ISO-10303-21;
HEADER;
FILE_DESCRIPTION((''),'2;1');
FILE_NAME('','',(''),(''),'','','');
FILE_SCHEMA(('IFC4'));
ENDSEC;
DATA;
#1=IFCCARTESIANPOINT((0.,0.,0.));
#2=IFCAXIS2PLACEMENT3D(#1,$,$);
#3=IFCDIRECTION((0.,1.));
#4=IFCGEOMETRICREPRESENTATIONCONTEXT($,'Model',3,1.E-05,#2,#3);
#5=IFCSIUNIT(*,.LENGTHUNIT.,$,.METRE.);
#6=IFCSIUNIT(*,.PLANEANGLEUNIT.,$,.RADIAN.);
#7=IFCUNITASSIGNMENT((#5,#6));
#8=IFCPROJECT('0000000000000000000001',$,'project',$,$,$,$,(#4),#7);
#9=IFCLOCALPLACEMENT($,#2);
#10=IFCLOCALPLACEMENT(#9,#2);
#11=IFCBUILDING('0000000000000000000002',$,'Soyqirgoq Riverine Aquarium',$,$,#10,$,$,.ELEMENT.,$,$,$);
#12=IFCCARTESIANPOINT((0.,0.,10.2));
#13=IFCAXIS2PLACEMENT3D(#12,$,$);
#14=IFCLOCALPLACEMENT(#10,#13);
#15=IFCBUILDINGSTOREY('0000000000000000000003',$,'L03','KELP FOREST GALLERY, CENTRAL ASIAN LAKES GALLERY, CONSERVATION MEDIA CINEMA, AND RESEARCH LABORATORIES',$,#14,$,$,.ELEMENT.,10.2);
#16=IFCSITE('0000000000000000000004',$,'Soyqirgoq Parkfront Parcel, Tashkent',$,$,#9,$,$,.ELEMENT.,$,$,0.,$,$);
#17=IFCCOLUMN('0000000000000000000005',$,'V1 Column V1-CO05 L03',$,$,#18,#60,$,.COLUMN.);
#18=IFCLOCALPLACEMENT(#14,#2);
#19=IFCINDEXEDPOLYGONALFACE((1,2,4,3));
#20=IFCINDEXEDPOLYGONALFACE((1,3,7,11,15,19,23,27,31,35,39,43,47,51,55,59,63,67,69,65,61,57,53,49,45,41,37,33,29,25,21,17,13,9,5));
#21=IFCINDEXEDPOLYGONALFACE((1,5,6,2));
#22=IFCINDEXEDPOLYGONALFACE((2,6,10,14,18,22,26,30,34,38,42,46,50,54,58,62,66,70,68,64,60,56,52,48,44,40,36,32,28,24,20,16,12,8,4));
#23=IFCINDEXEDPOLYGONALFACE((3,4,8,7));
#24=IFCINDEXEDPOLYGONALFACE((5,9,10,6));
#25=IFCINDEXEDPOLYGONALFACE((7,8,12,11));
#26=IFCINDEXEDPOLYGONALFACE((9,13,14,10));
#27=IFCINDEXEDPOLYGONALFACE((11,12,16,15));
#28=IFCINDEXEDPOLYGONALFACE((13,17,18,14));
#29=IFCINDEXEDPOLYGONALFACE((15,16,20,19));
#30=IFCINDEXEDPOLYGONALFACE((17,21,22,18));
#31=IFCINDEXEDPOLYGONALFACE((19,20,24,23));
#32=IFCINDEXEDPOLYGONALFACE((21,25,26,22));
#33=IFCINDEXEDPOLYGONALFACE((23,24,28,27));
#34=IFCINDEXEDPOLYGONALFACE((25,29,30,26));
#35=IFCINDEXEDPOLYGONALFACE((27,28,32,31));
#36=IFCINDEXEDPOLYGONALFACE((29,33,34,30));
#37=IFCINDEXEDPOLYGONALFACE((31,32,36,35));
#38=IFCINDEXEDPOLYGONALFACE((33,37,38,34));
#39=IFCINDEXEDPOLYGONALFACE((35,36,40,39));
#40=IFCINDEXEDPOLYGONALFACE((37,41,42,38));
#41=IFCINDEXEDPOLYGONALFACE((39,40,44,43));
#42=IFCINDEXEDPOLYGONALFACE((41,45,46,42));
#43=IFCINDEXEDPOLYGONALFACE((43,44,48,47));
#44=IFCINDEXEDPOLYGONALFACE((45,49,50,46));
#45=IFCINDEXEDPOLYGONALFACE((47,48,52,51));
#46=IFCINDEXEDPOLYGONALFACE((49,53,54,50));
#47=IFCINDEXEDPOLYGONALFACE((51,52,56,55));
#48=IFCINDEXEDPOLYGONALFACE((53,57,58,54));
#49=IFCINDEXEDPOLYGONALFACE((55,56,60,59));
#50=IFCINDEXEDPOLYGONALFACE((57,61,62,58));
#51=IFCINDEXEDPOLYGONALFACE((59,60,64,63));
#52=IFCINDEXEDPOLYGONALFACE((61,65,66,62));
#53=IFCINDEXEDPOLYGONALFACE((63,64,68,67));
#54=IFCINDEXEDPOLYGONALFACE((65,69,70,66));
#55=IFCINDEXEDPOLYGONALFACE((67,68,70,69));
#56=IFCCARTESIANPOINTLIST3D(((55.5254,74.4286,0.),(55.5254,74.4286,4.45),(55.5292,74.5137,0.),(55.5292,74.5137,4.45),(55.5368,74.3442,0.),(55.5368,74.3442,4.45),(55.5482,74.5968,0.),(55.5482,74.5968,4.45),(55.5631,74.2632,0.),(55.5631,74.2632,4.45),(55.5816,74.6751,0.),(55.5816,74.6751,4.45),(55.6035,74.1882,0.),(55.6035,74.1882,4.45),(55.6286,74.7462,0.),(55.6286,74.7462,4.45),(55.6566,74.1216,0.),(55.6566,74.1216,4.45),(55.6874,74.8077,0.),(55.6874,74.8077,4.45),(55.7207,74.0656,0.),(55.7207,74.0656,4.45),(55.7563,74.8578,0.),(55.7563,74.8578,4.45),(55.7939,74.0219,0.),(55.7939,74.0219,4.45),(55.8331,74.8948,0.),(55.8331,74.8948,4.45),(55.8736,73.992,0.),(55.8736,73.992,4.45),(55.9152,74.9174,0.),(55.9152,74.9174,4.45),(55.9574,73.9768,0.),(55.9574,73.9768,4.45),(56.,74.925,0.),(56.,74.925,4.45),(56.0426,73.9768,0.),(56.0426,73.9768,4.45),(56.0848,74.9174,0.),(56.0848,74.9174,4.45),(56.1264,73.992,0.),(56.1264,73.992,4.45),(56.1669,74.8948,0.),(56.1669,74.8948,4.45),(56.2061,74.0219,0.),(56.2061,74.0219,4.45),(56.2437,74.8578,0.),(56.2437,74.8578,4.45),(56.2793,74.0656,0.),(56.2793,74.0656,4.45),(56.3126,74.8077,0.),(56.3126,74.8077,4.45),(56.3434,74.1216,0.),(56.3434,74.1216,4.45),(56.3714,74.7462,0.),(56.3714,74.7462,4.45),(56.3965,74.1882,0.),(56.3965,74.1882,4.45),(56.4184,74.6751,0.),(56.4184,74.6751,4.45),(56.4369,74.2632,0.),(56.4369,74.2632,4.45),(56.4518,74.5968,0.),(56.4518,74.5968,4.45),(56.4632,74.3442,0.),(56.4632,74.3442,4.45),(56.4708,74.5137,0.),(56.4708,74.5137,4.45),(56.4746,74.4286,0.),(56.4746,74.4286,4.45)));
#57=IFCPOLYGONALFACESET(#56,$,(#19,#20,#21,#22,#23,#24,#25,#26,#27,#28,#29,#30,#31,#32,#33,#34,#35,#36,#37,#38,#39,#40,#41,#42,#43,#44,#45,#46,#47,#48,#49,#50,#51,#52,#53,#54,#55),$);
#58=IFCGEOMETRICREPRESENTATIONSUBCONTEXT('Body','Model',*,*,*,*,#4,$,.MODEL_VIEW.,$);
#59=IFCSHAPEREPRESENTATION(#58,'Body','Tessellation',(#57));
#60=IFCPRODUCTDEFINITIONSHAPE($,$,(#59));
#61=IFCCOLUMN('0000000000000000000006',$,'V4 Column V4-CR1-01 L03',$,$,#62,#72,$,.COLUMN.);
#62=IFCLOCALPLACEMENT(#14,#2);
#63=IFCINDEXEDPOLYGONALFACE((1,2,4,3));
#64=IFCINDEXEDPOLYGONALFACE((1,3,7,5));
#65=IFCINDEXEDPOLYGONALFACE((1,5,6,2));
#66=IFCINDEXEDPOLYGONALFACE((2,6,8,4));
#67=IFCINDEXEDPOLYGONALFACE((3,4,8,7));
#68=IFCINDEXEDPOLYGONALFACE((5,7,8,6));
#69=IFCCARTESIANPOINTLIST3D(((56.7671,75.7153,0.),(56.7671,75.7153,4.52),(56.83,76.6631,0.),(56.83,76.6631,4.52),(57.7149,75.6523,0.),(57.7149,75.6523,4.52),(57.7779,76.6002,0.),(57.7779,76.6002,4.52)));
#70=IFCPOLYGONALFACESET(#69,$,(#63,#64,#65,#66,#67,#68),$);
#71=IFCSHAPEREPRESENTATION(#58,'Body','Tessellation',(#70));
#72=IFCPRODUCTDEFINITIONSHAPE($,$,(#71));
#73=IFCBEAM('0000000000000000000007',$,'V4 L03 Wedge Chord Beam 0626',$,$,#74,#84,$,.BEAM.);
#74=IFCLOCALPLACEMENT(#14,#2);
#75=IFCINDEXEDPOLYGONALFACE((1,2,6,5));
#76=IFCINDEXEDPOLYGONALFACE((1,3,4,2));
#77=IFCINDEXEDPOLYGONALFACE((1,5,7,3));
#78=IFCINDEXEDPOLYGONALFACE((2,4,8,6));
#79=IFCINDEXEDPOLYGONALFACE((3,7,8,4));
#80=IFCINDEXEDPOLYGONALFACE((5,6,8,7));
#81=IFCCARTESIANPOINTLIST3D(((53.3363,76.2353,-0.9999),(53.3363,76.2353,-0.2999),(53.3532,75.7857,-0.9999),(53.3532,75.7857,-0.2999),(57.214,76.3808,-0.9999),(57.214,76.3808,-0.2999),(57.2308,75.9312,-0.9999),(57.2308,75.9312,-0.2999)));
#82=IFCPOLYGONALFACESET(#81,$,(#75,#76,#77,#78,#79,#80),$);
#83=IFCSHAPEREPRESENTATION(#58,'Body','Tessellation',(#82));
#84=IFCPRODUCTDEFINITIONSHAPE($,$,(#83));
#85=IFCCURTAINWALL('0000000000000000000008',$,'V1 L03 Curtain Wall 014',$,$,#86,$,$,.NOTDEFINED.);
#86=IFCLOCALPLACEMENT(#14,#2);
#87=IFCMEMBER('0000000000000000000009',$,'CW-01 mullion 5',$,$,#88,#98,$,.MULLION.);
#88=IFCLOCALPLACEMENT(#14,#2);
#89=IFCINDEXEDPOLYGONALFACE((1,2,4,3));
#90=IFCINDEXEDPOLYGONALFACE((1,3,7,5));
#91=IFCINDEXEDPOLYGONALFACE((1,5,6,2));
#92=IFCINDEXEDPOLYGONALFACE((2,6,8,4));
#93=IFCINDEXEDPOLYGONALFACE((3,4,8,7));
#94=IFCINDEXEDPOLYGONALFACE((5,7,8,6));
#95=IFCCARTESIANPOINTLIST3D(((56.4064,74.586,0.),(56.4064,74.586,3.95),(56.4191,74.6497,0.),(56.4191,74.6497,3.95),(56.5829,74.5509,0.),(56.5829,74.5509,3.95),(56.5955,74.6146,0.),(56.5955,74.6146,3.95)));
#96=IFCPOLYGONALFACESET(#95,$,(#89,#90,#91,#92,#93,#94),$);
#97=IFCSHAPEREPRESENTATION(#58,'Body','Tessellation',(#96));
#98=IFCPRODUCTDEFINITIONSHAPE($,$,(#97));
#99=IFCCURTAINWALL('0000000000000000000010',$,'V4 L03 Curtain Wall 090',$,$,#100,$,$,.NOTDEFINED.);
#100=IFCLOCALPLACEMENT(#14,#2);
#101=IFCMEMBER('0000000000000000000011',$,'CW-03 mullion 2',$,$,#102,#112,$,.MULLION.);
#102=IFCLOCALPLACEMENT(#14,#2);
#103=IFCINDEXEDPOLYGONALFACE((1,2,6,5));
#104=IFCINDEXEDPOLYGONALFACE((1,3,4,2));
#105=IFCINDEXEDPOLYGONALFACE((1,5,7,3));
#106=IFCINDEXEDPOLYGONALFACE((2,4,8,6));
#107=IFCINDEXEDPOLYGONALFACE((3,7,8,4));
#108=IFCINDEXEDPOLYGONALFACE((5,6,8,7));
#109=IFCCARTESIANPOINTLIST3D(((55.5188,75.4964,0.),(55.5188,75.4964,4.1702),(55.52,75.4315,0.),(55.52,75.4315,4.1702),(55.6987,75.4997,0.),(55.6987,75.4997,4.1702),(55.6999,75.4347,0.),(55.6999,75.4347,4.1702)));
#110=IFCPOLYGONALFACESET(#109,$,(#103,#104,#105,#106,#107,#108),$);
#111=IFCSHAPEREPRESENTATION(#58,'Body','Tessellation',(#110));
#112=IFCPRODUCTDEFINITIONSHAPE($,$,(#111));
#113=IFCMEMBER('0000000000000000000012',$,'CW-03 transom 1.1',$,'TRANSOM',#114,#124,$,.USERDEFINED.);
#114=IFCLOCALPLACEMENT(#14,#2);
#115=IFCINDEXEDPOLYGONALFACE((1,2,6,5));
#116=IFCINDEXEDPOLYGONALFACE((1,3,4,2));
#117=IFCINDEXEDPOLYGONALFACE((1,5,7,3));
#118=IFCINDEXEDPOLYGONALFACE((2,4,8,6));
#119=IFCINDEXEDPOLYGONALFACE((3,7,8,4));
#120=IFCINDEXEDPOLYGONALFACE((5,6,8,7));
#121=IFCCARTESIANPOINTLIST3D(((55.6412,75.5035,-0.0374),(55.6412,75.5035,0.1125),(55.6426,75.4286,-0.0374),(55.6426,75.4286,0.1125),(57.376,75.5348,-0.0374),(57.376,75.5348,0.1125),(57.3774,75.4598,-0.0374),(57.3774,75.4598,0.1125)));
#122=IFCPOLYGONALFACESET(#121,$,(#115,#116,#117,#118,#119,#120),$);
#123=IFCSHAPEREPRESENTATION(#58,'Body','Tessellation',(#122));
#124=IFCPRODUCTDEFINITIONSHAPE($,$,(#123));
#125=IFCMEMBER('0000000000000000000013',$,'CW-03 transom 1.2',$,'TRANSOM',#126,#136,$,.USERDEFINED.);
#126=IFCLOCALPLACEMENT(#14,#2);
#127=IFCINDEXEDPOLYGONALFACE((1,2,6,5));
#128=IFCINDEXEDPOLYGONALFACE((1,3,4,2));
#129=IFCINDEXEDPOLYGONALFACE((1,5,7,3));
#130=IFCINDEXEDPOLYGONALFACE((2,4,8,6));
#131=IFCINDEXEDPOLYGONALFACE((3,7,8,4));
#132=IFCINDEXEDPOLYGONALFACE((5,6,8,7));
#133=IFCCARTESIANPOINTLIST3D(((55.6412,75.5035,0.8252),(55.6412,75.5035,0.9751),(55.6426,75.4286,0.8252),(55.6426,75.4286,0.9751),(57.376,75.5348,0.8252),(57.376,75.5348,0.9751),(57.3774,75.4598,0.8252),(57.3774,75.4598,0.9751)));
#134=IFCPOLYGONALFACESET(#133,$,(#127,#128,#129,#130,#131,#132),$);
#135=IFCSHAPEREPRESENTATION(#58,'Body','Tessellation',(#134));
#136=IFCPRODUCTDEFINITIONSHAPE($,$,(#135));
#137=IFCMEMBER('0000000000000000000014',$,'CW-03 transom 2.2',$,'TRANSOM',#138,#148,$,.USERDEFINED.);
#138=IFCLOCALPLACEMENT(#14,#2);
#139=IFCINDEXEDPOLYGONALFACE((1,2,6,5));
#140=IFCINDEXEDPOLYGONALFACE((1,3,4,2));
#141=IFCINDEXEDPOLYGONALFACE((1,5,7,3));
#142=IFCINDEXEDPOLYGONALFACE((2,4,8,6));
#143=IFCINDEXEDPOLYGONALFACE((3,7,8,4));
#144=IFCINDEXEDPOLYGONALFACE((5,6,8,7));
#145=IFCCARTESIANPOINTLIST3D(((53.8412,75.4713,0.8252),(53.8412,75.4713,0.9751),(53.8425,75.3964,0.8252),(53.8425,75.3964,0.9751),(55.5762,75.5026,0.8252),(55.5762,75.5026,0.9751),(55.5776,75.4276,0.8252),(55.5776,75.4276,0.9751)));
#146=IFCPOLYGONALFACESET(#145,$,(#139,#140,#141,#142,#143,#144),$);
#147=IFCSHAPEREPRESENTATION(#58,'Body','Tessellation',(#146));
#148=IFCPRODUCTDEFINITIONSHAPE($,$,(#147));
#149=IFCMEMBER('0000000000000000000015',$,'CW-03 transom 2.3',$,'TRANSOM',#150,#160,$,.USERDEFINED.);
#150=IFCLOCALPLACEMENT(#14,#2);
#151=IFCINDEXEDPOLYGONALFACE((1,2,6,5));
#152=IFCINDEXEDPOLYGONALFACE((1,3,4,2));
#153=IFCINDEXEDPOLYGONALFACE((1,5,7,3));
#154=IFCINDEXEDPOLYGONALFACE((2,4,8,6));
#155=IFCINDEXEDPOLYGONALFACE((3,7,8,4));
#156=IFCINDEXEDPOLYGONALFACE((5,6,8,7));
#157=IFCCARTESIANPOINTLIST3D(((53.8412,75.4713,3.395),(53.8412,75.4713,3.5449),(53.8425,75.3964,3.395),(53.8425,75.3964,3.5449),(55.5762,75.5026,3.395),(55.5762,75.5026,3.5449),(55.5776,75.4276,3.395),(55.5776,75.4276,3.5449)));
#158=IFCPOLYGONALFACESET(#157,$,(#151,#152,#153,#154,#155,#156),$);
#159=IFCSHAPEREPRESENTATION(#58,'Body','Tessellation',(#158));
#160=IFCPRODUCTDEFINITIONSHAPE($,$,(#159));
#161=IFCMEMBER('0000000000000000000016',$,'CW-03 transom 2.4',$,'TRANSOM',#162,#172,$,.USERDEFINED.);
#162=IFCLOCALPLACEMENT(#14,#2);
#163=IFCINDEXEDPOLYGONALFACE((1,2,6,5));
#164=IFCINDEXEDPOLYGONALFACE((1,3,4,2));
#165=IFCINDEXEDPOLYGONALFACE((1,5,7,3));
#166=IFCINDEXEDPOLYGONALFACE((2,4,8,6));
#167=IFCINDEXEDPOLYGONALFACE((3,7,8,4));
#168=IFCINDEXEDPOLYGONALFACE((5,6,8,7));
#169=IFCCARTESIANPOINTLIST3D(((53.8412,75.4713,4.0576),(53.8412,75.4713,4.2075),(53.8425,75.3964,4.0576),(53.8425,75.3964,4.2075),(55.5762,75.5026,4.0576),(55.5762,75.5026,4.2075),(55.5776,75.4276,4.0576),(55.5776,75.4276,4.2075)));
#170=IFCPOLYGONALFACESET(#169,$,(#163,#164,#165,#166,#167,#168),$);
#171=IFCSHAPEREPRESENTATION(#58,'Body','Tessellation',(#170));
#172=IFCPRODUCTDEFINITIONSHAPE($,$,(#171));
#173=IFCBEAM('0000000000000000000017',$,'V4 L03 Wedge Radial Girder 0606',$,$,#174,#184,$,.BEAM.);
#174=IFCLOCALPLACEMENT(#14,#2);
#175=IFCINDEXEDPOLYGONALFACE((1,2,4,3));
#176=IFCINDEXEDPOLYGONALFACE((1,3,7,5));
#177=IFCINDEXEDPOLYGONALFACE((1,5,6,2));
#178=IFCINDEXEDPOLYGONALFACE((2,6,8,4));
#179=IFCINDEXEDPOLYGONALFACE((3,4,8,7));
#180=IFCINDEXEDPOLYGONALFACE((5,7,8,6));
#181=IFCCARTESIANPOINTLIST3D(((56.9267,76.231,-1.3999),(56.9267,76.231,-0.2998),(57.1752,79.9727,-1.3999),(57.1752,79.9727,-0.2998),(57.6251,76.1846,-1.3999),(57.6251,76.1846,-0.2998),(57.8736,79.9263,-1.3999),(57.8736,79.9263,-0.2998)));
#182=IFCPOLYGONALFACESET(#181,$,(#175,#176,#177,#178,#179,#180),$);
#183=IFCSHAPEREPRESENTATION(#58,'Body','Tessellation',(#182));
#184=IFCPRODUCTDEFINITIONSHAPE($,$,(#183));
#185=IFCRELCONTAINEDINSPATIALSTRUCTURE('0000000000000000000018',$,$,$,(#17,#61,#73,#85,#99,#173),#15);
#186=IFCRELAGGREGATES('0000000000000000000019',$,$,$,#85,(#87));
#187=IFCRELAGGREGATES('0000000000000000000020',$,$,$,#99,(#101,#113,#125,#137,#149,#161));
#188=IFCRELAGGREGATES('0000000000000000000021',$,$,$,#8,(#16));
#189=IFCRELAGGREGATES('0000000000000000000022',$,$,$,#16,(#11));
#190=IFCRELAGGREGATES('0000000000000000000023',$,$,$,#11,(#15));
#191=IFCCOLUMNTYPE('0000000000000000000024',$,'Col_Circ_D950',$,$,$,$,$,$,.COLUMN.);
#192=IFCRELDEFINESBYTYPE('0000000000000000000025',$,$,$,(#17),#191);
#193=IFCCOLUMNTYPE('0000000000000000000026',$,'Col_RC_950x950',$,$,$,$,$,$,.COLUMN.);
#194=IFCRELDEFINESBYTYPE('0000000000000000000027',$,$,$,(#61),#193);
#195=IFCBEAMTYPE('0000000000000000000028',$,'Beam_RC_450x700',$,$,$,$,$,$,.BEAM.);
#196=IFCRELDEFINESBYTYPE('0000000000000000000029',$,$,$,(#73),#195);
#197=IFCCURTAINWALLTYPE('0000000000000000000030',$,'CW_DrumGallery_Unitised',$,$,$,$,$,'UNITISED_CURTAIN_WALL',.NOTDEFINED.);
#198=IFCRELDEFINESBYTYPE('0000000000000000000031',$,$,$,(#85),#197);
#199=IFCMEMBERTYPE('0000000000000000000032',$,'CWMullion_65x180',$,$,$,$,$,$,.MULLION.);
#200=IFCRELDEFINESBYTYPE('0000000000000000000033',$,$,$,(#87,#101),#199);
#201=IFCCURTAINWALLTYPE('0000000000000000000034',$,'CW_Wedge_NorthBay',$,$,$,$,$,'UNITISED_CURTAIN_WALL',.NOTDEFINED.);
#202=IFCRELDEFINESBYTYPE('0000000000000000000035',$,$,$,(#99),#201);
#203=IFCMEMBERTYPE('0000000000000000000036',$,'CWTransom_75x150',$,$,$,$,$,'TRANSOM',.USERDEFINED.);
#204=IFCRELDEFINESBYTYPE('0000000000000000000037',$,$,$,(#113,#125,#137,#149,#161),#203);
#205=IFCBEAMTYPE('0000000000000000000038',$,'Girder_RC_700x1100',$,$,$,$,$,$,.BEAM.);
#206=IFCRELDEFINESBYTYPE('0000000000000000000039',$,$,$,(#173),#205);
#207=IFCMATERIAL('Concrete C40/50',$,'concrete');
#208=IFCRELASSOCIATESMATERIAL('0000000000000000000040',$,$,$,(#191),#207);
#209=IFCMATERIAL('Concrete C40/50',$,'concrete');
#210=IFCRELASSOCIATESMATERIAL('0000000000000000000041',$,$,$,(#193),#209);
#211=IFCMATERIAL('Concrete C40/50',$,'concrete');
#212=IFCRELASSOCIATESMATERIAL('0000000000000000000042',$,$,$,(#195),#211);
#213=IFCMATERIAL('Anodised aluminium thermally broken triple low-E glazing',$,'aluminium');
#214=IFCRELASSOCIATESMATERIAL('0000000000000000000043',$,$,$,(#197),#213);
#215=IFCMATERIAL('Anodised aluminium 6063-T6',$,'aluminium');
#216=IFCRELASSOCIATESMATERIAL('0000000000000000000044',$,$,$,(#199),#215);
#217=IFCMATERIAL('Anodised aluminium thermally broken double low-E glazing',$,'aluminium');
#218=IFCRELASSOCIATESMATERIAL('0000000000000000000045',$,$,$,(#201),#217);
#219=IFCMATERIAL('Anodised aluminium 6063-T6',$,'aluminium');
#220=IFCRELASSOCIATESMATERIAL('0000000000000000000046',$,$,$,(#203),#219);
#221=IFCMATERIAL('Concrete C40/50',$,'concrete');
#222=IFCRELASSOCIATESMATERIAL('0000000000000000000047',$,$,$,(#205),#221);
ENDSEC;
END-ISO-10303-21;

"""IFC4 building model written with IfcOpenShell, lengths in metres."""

from ifc_helpers import new_model, si_unit, direction, frame, origin, origin_2d, place, context, subcontext, project, spatial, rectangle, circle, extrude, material, material_profile, profile_set, type_object, element, aggregate, save


model = new_model("IFC4")

# Units and contexts
model_context = context("Model", 3, precision=1e-05, world=origin(), true_north=direction((0.0, 1.0)))
body_context = subcontext(model_context, "Body", "Model", "MODEL_VIEW")
ifc_project = project(units=[si_unit("LENGTHUNIT", "METRE"), si_unit("PLANEANGLEUNIT", "RADIAN")], contexts=[model_context])

# Site, building, storey
site_placement = place(None, origin())
site = spatial("IfcSite", under=ifc_project, at=site_placement, Name="Soyqirgoq Parkfront Parcel, Tashkent", CompositionType="ELEMENT", RefElevation=0.0)
building_placement = place(site_placement, origin())
building = spatial("IfcBuilding", under=site, at=building_placement, Name="Soyqirgoq Riverine Aquarium", CompositionType="ELEMENT")
storey_placement = place(building_placement, frame((0.0, 0.0, 10.2)))
storey = spatial("IfcBuildingStorey", under=building, at=storey_placement, Name="L03", Description="KELP FOREST GALLERY, CENTRAL ASIAN LAKES GALLERY, CONSERVATION MEDIA CINEMA, AND RESEARCH LABORATORIES", CompositionType="ELEMENT", Elevation=10.2)

# Columns
ifc_material_1 = material(Name="Concrete C40/50", Category="concrete")
ifc_material_profile_1 = material_profile(ifc_material_1, circle(Radius=0.4751, at=origin_2d()), Name="RC-COL D950")
ifc_profile_set_1 = profile_set([ifc_material_profile_1], Name="Concrete C40/50")
column_type_1 = type_object("IfcColumnType", Name="Col_Circ_D950", PredefinedType="COLUMN", material=ifc_profile_set_1)
column_1_placement = place(storey_placement, frame((56.0, 74.45, 0.0), z_axis=(0.0, 0.0, 1.0), x_axis=(0.0, 1.0, 0.0)))
element("IfcColumn", 1, at=column_1_placement, inside=storey, type_object=column_type_1, Name="V1 Column V1-CO05 L03", PredefinedType="COLUMN", context=body_context, shape_type="SweptSolid", body=[
    extrude(circle(Radius=0.4751, at=origin_2d()), origin(), (0.0, 0.0, 1.0), 4.45),
])
ifc_material_2 = material(Name="Concrete C40/50", Category="concrete")
ifc_material_profile_2 = material_profile(ifc_material_2, rectangle(XDim=0.95, YDim=0.95, at=origin_2d()), Name="RC 950x950")
ifc_profile_set_2 = profile_set([ifc_material_profile_2], Name="Concrete C40/50")
column_type_2 = type_object("IfcColumnType", Name="Col_RC_950x950", PredefinedType="COLUMN", material=ifc_profile_set_2)
column_2_placement = place(storey_placement, frame((57.2725, 76.1577, 0.0), z_axis=(0.0, 0.0, 1.0), x_axis=(0.066274, 0.997801, 0.0)))
element("IfcColumn", 2, at=column_2_placement, inside=storey, type_object=column_type_2, Name="V4 Column V4-CR1-01 L03", PredefinedType="COLUMN", context=body_context, shape_type="SweptSolid", body=[
    extrude(rectangle(XDim=0.95, YDim=0.95, at=origin_2d()), origin(), (0.0, 0.0, 1.0), 4.52),
])

# Beam
ifc_material_3 = material(Name="Concrete C40/50", Category="concrete")
ifc_material_profile_3 = material_profile(ifc_material_3, rectangle(XDim=0.45, YDim=0.7, at=origin_2d()), Name="RC 450x700")
ifc_profile_set_3 = profile_set([ifc_material_profile_3], Name="Concrete C40/50")
beam_type_1 = type_object("IfcBeamType", Name="Beam_RC_450x700", PredefinedType="BEAM", material=ifc_profile_set_3)
beam_1_placement = place(storey_placement, frame((57.2224, 76.156, -0.6499), z_axis=(-0.999297, -0.037498, 0.0), x_axis=(0.037498, -0.999297, 0.0)))
element("IfcBeam", 3, at=beam_1_placement, inside=storey, type_object=beam_type_1, Name="V4 L03 Wedge Chord Beam 0626", PredefinedType="BEAM", context=body_context, shape_type="SweptSolid", body=[
    extrude(rectangle(XDim=0.45, YDim=0.7, at=origin_2d()), origin(), (0.0, 0.0, 1.0), 3.8804),
])

# Curtain wall, member
ifc_material_4 = material(Name="Anodised aluminium thermally broken triple low-E glazing", Category="aluminium")
curtain_wall_type_1 = type_object("IfcCurtainWallType", Name="CW_DrumGallery_Unitised", ElementType="UNITISED_CURTAIN_WALL", PredefinedType="NOTDEFINED", material=ifc_material_4)
curtain_wall_1_placement = place(storey_placement, origin())
curtain_wall_1 = element("IfcCurtainWall", 4, at=curtain_wall_1_placement, inside=storey, type_object=curtain_wall_type_1, Name="V1 L03 Curtain Wall 014", PredefinedType="NOTDEFINED")
ifc_material_5 = material(Name="Anodised aluminium 6063-T6", Category="aluminium")
ifc_material_profile_4 = material_profile(ifc_material_5, rectangle(XDim=0.0649, YDim=0.1799, at=origin_2d()), Name="ALU-M 65x180")
ifc_profile_set_4 = profile_set([ifc_material_profile_4], Name="Anodised aluminium 6063-T6")
member_type_1 = type_object("IfcMemberType", Name="CWMullion_65x180", PredefinedType="MULLION", material=ifc_profile_set_4)
member_1_placement = place(storey_placement, frame((56.501, 74.6003, 0.0), z_axis=(0.0, 0.0, 1.0), x_axis=(-0.195095, -0.980784, 0.0)))
member_1 = element("IfcMember", 5, at=member_1_placement, type_object=member_type_1, Name="CW-01 mullion 5", PredefinedType="MULLION", context=body_context, shape_type="SweptSolid", body=[
    extrude(rectangle(XDim=0.0649, YDim=0.1799, at=origin_2d()), origin(), (0.0, 0.0, 1.0), 3.95),
])

# Curtain wall, members
ifc_material_6 = material(Name="Anodised aluminium thermally broken double low-E glazing", Category="aluminium")
curtain_wall_type_2 = type_object("IfcCurtainWallType", Name="CW_Wedge_NorthBay", ElementType="UNITISED_CURTAIN_WALL", PredefinedType="NOTDEFINED", material=ifc_material_6)
curtain_wall_2_placement = place(storey_placement, origin())
curtain_wall_2 = element("IfcCurtainWall", 6, at=curtain_wall_2_placement, inside=storey, type_object=curtain_wall_type_2, Name="V4 L03 Curtain Wall 090", PredefinedType="NOTDEFINED")
member_2_placement = place(storey_placement, frame((55.6094, 75.4656, 0.0), z_axis=(0.0, 0.0, 1.0), x_axis=(0.018005, -0.999838, 0.0)))
member_2 = element("IfcMember", 7, at=member_2_placement, type_object=member_type_1, Name="CW-03 mullion 2", PredefinedType="MULLION", context=body_context, shape_type="SweptSolid", body=[
    extrude(rectangle(XDim=0.0649, YDim=0.1799, at=origin_2d()), origin(), (0.0, 0.0, 1.0), 4.1702),
])
ifc_material_7 = material(Name="Anodised aluminium 6063-T6", Category="aluminium")
ifc_material_profile_5 = material_profile(ifc_material_7, rectangle(XDim=0.075, YDim=0.1499, at=origin_2d()), Name="ALU-T 75x150")
ifc_profile_set_5 = profile_set([ifc_material_profile_5], Name="Anodised aluminium 6063-T6")
member_type_2 = type_object("IfcMemberType", Name="CWTransom_75x150", ElementType="TRANSOM", PredefinedType="USERDEFINED", material=ifc_profile_set_5)
member_3_placement = place(storey_placement, frame((57.3767, 75.4973, 0.0376), z_axis=(-0.999838, -0.01801, 0.0), x_axis=(0.01801, -0.999838, 0.0)))
member_3 = element("IfcMember", 8, at=member_3_placement, type_object=member_type_2, Name="CW-03 transom 1.1", ObjectType="TRANSOM", PredefinedType="USERDEFINED", context=body_context, shape_type="SweptSolid", body=[
    extrude(rectangle(XDim=0.075, YDim=0.1499, at=origin_2d()), origin(), (0.0, 0.0, 1.0), 1.7351),
])
member_4_placement = place(storey_placement, frame((57.3767, 75.4973, 0.9001), z_axis=(-0.999838, -0.01801, 0.0), x_axis=(0.01801, -0.999838, 0.0)))
member_4 = element("IfcMember", 9, at=member_4_placement, type_object=member_type_2, Name="CW-03 transom 1.2", ObjectType="TRANSOM", PredefinedType="USERDEFINED", context=body_context, shape_type="SweptSolid", body=[
    extrude(rectangle(XDim=0.075, YDim=0.1499, at=origin_2d()), origin(), (0.0, 0.0, 1.0), 1.7351),
])
member_5_placement = place(storey_placement, frame((55.5769, 75.4651, 0.9001), z_axis=(-0.999838, -0.018007, 0.0), x_axis=(0.018007, -0.999838, 0.0)))
member_5 = element("IfcMember", 10, at=member_5_placement, type_object=member_type_2, Name="CW-03 transom 2.2", ObjectType="TRANSOM", PredefinedType="USERDEFINED", context=body_context, shape_type="SweptSolid", body=[
    extrude(rectangle(XDim=0.075, YDim=0.1499, at=origin_2d()), origin(), (0.0, 0.0, 1.0), 1.7354),
])
member_6_placement = place(storey_placement, frame((55.5769, 75.4651, 3.47), z_axis=(-0.999838, -0.018007, 0.0), x_axis=(0.018007, -0.999838, 0.0)))
member_6 = element("IfcMember", 11, at=member_6_placement, type_object=member_type_2, Name="CW-03 transom 2.3", ObjectType="TRANSOM", PredefinedType="USERDEFINED", context=body_context, shape_type="SweptSolid", body=[
    extrude(rectangle(XDim=0.075, YDim=0.1499, at=origin_2d()), origin(), (0.0, 0.0, 1.0), 1.7354),
])
member_7_placement = place(storey_placement, frame((55.5769, 75.4651, 4.1326), z_axis=(-0.999838, -0.018007, 0.0), x_axis=(0.018007, -0.999838, 0.0)))
member_7 = element("IfcMember", 12, at=member_7_placement, type_object=member_type_2, Name="CW-03 transom 2.4", ObjectType="TRANSOM", PredefinedType="USERDEFINED", context=body_context, shape_type="SweptSolid", body=[
    extrude(rectangle(XDim=0.075, YDim=0.1499, at=origin_2d()), origin(), (0.0, 0.0, 1.0), 1.7354),
])

# Beam
ifc_material_8 = material(Name="Concrete C40/50", Category="concrete")
ifc_material_profile_6 = material_profile(ifc_material_8, rectangle(XDim=0.7, YDim=1.1001, at=origin_2d()), Name="RC 700x1100")
ifc_profile_set_6 = profile_set([ifc_material_profile_6], Name="Concrete C40/50")
beam_type_2 = type_object("IfcBeamType", Name="Girder_RC_700x1100", PredefinedType="BEAM", material=ifc_profile_set_6)
beam_2_placement = place(storey_placement, frame((57.2759, 76.2078, -0.8499), z_axis=(0.066277, 0.997801, 0.0), x_axis=(-0.997801, 0.066277, 0.0)))
element("IfcBeam", 13, at=beam_2_placement, inside=storey, type_object=beam_type_2, Name="V4 L03 Wedge Radial Girder 0606", PredefinedType="BEAM", context=body_context, shape_type="SweptSolid", body=[
    extrude(rectangle(XDim=0.7, YDim=1.1001, at=origin_2d()), origin(), (0.0, 0.0, 1.0), 3.75),
])

aggregate(curtain_wall_1, [member_1])
aggregate(curtain_wall_2, [member_2, member_3, member_4, member_5, member_6, member_7])

save(model, "model.ifc")
